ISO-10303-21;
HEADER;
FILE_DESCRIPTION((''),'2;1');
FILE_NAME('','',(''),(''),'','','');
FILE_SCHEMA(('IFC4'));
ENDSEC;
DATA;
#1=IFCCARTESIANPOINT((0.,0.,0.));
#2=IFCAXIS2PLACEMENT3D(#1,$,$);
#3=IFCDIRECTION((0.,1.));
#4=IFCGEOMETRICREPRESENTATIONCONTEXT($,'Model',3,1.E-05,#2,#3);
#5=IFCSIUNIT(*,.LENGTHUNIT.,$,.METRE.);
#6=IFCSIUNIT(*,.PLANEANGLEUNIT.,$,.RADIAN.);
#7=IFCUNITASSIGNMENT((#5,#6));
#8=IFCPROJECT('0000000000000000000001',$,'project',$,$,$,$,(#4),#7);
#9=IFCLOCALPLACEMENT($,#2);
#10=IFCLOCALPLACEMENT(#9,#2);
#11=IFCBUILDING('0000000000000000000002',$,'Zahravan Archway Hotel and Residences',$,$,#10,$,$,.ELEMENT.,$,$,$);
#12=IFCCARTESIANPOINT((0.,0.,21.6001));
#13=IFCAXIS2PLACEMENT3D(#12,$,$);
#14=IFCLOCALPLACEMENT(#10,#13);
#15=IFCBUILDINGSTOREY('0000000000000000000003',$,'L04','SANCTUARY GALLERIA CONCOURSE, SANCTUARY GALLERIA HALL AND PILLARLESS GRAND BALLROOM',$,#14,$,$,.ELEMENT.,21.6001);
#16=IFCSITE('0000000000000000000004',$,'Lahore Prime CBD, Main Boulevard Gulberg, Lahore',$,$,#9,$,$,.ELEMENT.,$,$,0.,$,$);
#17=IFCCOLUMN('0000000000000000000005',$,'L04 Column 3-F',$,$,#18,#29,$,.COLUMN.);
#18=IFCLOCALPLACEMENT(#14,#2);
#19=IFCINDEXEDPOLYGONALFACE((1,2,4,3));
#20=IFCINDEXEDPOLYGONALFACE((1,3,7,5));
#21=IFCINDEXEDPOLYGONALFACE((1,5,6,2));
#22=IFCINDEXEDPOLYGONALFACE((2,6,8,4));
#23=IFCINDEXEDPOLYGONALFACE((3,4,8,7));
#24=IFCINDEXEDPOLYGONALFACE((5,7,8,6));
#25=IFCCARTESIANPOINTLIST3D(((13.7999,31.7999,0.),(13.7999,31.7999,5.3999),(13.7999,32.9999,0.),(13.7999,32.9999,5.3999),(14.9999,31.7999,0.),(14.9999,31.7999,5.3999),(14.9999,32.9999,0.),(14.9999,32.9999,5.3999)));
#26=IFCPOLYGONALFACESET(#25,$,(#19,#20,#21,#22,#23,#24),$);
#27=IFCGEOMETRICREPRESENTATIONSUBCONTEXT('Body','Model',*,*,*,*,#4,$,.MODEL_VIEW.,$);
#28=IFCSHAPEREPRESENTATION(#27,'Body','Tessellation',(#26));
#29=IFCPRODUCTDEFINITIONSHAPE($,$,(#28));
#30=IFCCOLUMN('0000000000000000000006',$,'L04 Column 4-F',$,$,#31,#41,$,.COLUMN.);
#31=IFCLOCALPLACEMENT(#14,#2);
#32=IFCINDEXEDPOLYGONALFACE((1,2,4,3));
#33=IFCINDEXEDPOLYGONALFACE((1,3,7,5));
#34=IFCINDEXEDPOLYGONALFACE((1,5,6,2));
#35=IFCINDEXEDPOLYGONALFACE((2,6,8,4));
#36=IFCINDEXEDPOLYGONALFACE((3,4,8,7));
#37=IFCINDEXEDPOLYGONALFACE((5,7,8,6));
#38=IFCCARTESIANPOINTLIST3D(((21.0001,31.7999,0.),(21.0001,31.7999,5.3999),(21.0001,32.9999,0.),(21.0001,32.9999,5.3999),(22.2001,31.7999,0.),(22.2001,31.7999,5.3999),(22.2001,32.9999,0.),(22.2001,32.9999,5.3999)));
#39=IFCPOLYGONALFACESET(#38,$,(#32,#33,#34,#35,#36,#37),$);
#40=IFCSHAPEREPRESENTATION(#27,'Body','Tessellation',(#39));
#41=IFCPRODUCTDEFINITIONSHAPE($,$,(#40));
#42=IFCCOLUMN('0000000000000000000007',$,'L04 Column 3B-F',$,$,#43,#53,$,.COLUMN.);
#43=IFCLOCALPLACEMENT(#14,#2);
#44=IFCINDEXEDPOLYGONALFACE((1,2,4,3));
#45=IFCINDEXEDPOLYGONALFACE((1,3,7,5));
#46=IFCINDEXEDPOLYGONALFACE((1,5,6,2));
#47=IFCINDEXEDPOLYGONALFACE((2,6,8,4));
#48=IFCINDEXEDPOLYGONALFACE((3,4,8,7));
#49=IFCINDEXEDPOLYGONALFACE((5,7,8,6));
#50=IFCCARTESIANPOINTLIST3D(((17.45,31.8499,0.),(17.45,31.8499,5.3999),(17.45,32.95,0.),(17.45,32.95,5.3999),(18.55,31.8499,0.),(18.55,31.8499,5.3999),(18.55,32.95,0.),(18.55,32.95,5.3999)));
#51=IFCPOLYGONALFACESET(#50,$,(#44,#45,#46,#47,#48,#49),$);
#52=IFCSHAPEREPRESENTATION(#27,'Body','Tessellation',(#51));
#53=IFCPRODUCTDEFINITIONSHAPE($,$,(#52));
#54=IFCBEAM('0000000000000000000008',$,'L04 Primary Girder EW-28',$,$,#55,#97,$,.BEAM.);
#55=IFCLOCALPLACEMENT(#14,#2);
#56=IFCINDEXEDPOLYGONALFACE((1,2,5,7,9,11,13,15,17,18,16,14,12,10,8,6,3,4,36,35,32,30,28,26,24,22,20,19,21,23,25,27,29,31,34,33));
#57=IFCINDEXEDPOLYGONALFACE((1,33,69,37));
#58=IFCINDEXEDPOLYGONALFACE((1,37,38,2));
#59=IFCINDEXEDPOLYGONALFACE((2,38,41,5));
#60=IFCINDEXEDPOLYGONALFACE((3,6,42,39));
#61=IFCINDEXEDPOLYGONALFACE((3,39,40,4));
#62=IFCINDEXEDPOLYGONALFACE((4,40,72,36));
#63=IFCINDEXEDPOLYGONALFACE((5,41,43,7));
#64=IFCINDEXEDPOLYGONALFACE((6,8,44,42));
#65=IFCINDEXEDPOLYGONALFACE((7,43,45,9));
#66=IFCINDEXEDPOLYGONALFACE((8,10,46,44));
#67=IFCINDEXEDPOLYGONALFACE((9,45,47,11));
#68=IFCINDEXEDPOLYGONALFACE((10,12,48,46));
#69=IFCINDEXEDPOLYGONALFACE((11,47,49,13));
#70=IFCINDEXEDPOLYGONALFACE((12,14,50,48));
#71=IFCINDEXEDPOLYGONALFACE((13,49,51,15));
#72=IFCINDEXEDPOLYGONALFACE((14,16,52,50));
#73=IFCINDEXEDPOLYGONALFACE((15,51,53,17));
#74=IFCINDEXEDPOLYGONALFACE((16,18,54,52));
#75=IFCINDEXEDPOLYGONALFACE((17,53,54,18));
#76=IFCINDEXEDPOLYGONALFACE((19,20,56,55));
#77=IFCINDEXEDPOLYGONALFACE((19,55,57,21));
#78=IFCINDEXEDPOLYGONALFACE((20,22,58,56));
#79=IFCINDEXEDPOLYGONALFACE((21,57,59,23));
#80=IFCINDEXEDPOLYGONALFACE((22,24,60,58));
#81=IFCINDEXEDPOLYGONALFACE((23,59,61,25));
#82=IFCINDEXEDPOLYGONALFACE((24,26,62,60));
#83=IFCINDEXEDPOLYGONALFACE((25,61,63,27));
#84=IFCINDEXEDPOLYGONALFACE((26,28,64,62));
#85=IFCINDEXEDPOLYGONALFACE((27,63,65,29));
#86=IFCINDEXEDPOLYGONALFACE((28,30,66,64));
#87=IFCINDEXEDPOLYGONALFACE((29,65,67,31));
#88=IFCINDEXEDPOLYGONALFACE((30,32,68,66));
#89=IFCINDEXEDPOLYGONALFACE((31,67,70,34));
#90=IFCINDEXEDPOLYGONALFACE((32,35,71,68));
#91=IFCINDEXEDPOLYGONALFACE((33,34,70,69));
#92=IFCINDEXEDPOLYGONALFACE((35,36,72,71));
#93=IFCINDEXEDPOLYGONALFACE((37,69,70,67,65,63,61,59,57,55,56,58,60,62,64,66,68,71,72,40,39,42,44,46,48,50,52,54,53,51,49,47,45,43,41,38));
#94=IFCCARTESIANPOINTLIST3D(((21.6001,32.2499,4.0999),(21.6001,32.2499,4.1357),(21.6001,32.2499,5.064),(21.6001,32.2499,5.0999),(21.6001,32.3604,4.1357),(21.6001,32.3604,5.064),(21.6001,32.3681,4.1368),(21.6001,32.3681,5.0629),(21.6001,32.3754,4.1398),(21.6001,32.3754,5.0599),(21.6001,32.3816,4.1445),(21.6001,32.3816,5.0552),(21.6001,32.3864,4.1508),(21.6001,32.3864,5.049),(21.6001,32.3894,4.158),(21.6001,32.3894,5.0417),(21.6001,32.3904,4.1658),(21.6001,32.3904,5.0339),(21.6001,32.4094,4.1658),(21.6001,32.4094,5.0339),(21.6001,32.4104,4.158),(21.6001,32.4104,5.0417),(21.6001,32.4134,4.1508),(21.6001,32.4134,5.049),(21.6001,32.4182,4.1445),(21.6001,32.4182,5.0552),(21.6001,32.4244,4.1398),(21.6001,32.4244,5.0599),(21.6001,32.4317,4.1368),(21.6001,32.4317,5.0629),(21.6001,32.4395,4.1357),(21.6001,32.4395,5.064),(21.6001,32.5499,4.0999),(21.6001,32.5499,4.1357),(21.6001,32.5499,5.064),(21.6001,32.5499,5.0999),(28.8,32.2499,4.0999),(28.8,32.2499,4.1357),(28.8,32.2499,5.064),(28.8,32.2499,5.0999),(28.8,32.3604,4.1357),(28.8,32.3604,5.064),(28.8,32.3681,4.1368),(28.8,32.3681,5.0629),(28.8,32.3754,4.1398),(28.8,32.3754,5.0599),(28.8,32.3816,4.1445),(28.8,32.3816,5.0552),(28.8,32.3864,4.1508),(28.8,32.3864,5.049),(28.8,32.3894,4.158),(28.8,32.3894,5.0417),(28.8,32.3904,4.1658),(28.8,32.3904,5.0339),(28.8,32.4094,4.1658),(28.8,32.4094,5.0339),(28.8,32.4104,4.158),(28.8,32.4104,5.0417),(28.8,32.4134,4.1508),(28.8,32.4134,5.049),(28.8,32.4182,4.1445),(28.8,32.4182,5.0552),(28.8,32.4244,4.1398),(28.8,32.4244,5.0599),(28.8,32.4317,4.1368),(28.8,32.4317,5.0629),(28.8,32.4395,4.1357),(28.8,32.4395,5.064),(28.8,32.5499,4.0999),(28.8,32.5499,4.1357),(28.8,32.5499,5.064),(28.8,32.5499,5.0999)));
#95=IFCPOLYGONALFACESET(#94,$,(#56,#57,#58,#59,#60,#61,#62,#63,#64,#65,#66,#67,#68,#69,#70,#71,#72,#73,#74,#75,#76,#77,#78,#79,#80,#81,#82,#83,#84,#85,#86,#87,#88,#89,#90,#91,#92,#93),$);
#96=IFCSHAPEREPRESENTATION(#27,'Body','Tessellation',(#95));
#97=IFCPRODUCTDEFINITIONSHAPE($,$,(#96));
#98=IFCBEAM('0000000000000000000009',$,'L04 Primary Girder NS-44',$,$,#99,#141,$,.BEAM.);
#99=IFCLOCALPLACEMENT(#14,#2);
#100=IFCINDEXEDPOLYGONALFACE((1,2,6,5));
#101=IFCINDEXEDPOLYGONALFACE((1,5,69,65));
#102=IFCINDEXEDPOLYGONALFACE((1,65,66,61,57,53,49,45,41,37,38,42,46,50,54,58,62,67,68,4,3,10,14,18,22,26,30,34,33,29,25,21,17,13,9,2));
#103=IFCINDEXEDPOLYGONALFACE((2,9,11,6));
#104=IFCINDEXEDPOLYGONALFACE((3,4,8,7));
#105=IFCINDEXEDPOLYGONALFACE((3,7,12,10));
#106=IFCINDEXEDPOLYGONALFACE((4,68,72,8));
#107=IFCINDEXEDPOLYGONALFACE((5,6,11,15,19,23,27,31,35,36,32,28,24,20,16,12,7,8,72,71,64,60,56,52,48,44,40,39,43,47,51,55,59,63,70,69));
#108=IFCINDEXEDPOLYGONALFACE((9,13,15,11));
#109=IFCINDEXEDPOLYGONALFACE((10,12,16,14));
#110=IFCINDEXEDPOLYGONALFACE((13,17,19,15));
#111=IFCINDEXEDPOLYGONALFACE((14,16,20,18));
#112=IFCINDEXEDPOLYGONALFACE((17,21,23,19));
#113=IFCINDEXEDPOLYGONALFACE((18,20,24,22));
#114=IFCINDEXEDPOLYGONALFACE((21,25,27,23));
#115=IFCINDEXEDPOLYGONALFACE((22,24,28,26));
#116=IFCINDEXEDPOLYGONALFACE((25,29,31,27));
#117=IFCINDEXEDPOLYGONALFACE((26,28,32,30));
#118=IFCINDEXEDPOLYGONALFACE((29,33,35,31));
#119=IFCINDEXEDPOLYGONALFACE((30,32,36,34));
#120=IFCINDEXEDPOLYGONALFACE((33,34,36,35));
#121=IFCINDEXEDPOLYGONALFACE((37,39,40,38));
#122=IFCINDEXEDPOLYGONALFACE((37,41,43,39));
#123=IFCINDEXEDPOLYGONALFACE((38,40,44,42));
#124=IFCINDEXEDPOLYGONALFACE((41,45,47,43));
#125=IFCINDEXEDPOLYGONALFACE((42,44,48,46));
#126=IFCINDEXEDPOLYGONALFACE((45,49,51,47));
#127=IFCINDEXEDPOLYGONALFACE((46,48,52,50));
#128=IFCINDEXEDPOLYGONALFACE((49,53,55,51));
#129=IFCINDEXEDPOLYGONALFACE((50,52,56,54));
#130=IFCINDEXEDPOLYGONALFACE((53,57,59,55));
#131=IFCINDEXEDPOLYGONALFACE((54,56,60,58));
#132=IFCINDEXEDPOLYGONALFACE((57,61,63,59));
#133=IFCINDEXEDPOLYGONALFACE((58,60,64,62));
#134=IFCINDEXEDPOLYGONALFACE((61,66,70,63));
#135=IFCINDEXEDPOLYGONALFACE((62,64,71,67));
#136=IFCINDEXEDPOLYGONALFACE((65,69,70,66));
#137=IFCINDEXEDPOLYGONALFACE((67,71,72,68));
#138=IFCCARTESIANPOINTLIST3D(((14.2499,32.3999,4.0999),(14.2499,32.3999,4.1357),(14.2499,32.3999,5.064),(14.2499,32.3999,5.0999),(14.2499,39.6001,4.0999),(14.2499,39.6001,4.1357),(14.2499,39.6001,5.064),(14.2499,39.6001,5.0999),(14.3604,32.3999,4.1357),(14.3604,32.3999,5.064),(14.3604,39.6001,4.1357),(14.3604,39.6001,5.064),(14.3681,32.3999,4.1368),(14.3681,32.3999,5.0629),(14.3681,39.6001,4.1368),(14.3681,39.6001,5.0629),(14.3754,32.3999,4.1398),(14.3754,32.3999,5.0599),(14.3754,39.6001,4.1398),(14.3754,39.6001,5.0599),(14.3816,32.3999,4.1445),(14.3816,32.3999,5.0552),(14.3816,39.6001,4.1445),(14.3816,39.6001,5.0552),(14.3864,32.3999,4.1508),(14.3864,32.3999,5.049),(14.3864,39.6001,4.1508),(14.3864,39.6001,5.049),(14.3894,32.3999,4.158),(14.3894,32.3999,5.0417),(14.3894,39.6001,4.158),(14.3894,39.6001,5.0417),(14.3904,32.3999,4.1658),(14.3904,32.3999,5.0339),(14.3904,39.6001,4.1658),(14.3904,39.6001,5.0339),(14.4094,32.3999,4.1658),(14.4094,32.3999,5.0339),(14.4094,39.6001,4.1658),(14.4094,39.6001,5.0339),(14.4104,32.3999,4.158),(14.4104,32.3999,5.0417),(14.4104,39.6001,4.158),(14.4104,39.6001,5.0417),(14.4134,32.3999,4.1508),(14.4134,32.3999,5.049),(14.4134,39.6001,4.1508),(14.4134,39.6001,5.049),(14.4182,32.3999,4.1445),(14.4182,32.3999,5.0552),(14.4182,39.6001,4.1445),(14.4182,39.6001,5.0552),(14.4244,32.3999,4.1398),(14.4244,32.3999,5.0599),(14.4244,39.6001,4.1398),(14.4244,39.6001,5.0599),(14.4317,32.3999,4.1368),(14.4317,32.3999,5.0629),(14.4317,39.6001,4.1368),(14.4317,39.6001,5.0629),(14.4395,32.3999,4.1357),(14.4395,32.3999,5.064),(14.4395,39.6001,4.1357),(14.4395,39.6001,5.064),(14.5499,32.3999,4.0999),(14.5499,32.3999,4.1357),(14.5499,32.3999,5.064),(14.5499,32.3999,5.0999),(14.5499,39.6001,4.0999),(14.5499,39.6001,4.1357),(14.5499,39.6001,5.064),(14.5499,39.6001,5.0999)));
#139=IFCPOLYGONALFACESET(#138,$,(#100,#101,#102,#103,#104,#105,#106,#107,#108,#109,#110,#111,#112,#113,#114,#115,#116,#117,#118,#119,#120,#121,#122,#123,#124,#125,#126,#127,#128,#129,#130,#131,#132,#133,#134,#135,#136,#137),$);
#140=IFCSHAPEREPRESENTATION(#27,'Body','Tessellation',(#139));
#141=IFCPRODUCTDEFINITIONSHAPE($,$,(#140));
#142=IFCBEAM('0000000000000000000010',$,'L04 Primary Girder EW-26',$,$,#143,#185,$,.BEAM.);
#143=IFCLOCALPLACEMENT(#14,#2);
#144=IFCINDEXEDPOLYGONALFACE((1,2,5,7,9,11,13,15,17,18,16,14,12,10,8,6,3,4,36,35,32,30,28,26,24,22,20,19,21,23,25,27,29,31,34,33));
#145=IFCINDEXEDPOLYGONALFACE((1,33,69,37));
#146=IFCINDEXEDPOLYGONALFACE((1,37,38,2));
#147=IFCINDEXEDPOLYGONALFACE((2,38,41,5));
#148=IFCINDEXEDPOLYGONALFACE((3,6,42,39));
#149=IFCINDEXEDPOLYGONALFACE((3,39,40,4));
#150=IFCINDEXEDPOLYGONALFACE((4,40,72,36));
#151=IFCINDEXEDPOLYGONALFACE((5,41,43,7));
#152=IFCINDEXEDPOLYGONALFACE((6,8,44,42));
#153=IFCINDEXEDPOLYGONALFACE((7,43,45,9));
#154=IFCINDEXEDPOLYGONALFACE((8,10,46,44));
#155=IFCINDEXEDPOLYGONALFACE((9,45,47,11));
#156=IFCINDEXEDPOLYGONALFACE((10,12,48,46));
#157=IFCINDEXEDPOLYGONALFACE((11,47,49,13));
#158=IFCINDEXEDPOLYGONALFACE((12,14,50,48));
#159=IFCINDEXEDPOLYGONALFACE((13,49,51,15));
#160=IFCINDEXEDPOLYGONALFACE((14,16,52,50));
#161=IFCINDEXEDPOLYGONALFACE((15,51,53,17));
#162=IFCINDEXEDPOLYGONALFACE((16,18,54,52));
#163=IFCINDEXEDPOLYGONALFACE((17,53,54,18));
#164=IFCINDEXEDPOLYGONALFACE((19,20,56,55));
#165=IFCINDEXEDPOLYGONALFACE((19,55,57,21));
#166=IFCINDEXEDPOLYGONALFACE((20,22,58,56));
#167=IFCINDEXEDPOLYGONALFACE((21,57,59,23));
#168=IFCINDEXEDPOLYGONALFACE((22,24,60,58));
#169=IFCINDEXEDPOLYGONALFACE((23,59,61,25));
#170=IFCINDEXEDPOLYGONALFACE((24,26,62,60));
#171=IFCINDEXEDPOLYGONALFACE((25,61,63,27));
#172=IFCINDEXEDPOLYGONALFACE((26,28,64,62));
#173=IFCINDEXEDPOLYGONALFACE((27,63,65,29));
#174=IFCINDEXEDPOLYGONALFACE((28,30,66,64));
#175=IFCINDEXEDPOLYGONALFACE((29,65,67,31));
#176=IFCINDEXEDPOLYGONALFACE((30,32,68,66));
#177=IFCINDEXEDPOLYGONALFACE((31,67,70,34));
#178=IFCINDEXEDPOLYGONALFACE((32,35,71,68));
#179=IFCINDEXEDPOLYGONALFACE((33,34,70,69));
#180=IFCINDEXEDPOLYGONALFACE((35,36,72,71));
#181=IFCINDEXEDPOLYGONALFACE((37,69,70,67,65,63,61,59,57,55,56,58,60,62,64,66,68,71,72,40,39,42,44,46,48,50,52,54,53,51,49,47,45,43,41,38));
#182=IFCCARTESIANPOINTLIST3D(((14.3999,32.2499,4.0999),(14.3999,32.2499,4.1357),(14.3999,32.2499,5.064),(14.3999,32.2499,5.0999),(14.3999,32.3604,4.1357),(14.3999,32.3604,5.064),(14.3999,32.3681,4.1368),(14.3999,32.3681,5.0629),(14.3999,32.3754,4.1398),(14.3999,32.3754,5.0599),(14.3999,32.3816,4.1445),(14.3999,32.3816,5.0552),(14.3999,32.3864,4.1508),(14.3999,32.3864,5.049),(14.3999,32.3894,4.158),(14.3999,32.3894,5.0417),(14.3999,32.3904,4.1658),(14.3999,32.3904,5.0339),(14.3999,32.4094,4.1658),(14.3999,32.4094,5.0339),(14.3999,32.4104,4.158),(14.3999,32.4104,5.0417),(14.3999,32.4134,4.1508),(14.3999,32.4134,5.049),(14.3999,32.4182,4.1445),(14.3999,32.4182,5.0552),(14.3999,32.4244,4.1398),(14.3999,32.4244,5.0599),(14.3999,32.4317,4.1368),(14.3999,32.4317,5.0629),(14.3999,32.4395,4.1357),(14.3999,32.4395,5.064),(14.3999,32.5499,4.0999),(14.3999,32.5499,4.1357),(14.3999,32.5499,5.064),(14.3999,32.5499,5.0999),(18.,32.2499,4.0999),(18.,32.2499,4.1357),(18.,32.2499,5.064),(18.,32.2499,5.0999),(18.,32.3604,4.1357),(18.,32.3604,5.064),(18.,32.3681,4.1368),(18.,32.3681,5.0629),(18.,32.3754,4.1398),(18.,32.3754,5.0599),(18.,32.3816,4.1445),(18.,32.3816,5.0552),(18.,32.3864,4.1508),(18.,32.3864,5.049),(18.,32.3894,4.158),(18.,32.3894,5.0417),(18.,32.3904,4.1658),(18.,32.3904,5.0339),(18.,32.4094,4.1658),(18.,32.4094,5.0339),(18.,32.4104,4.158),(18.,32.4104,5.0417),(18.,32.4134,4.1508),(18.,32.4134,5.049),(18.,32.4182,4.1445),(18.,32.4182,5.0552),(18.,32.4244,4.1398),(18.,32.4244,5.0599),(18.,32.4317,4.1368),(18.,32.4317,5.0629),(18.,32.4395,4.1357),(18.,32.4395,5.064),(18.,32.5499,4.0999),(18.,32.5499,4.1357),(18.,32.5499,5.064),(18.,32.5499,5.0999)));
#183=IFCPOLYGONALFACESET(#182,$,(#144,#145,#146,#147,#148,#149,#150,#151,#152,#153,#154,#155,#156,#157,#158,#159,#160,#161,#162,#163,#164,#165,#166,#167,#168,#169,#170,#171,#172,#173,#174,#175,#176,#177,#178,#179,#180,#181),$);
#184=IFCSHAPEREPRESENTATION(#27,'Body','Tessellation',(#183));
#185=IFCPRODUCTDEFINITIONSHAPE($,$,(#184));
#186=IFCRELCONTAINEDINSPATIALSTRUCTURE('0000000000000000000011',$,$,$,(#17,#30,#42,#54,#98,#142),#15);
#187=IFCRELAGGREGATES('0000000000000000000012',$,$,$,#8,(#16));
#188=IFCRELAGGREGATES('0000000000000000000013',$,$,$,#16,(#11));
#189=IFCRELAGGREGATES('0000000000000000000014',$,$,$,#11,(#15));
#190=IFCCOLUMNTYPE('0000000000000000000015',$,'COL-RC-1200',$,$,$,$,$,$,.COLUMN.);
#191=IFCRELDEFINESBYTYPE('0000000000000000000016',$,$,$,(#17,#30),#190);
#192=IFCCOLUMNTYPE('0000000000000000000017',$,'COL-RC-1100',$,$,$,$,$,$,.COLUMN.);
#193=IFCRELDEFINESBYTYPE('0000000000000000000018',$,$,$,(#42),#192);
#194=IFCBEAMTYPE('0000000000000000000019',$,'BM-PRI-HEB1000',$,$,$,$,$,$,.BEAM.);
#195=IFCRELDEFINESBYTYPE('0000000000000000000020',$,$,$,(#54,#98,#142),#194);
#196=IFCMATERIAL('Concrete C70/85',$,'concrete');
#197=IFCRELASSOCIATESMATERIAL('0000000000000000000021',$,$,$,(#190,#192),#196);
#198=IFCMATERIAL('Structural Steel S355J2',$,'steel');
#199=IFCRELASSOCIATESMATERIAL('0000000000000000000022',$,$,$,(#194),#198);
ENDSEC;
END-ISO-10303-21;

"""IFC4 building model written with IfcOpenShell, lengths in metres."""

from ifc_helpers import new_model, si_unit, direction, frame, origin, origin_2d, place, context, subcontext, project, spatial, rectangle, i_section, extrude, source, transform, mapped, material, material_profile, profile_set, type_object, element, save


model = new_model("IFC4")

# Units and contexts
model_context = context("Model", 3, precision=1e-05, world=origin(), true_north=direction((0.0, 1.0)))
body_context = subcontext(model_context, "Body", "Model", "MODEL_VIEW")
ifc_project = project(units=[si_unit("LENGTHUNIT", "METRE"), si_unit("PLANEANGLEUNIT", "RADIAN")], contexts=[model_context])

# Site, building, storey
site_placement = place(None, origin())
site = spatial("IfcSite", under=ifc_project, at=site_placement, Name="Lahore Prime CBD, Main Boulevard Gulberg, Lahore", CompositionType="ELEMENT", RefElevation=0.0)
building_placement = place(site_placement, origin())
building = spatial("IfcBuilding", under=site, at=building_placement, Name="Zahravan Archway Hotel and Residences", CompositionType="ELEMENT")
storey_placement = place(building_placement, frame((0.0, 0.0, 21.6001)))
storey = spatial("IfcBuildingStorey", under=building, at=storey_placement, Name="L04", Description="SANCTUARY GALLERIA CONCOURSE, SANCTUARY GALLERIA HALL AND PILLARLESS GRAND BALLROOM", CompositionType="ELEMENT", Elevation=21.6001)

# Columns
ifc_material_1 = material(Name="Concrete C70/85", Category="concrete")
ifc_material_profile_1 = material_profile(ifc_material_1, rectangle(XDim=1.2, YDim=1.2, at=origin_2d()), Name="RC-COL-1200x1200", Category="concrete")
ifc_profile_set_1 = profile_set([ifc_material_profile_1], Name="Concrete C70/85")
column_type_1 = type_object("IfcColumnType", Name="COL-RC-1200", PredefinedType="COLUMN", material=ifc_profile_set_1)
shared_shape_1 = source(origin(), body_context, "Body", "SweptSolid", [
    extrude(rectangle(XDim=1.2, YDim=1.2, at=origin_2d()), origin(), (0.0, 0.0, 1.0), 5.3999),
])
for number, where, z_axis, x_axis, name in (
    (1, (14.3999, 32.3999, 0.0), (0.0, 0.0, 1.0), (1.0, 0.0, 0.0), "L04 Column 3-F"),
    (2, (21.6001, 32.3999, 0.0), (0.0, 0.0, 1.0), (1.0, 0.0, 0.0), "L04 Column 4-F"),
):
    element("IfcColumn", number, at=place(storey_placement, frame(where, z_axis=z_axis, x_axis=x_axis)), inside=storey, type_object=column_type_1, Name=name, PredefinedType="COLUMN", context=body_context, shape_type="MappedRepresentation", body=[
        mapped(shared_shape_1, transform((0.0, 0.0, 0.0), scale=1.0)),
    ])
ifc_material_profile_2 = material_profile(ifc_material_1, rectangle(XDim=1.1001, YDim=1.1001, at=origin_2d()), Name="RC 1100x1100", Category="concrete")
ifc_profile_set_2 = profile_set([ifc_material_profile_2], Name="Concrete C70/85")
column_type_2 = type_object("IfcColumnType", Name="COL-RC-1100", PredefinedType="COLUMN", material=ifc_profile_set_2)
shared_shape_2 = source(origin(), body_context, "Body", "SweptSolid", [
    extrude(rectangle(XDim=1.1001, YDim=1.1001, at=origin_2d()), origin(), (0.0, 0.0, 1.0), 5.3999),
])
column_placement = place(storey_placement, frame((18.0, 32.3999, 0.0), z_axis=(0.0, 0.0, 1.0), x_axis=(1.0, 0.0, 0.0)))
element("IfcColumn", 3, at=column_placement, inside=storey, type_object=column_type_2, Name="L04 Column 3B-F", PredefinedType="COLUMN", context=body_context, shape_type="MappedRepresentation", body=[
    mapped(shared_shape_2, transform((0.0, 0.0, 0.0), scale=1.0)),
])

# Beams
ifc_material_2 = material(Name="Structural Steel S355J2", Category="steel")
ifc_material_profile_3 = material_profile(ifc_material_2, i_section(OverallWidth=0.3, OverallDepth=1.0, WebThickness=0.019, FlangeThickness=0.0359, FilletRadius=0.03, at=origin_2d()), Name="HEB 1000", Category="steel")
ifc_profile_set_3 = profile_set([ifc_material_profile_3], Name="Structural Steel S355J2")
beam_type_1 = type_object("IfcBeamType", Name="BM-PRI-HEB1000", PredefinedType="BEAM", material=ifc_profile_set_3)
shared_shape_3 = source(origin(), body_context, "Body", "SweptSolid", [
    extrude(i_section(OverallWidth=0.3, OverallDepth=1.0, WebThickness=0.019, FlangeThickness=0.0359, FilletRadius=0.03, at=origin_2d()), origin(), (0.0, 0.0, 1.0), 7.2),
])
beam_1_placement = place(storey_placement, frame((21.6001, 32.3999, 4.5999), z_axis=(1.0, 0.0, 0.0), x_axis=(0.0, 1.0, 0.0)))
element("IfcBeam", 4, at=beam_1_placement, inside=storey, type_object=beam_type_1, Name="L04 Primary Girder EW-28", PredefinedType="BEAM", context=body_context, shape_type="MappedRepresentation", body=[
    mapped(shared_shape_3, transform((0.0, 0.0, 0.0), scale=1.0)),
])
shared_shape_4 = source(origin(), body_context, "Body", "SweptSolid", [
    extrude(i_section(OverallWidth=0.3, OverallDepth=1.0, WebThickness=0.019, FlangeThickness=0.0359, FilletRadius=0.03, at=origin_2d()), origin(), (0.0, 0.0, 1.0), 7.2002),
])
beam_2_placement = place(storey_placement, frame((14.3999, 32.3999, 4.5999), z_axis=(0.0, 1.0, 0.0), x_axis=(-1.0, 0.0, 0.0)))
element("IfcBeam", 5, at=beam_2_placement, inside=storey, type_object=beam_type_1, Name="L04 Primary Girder NS-44", PredefinedType="BEAM", context=body_context, shape_type="MappedRepresentation", body=[
    mapped(shared_shape_4, transform((0.0, 0.0, 0.0), scale=1.0)),
])
shared_shape_5 = source(origin(), body_context, "Body", "SweptSolid", [
    extrude(i_section(OverallWidth=0.3, OverallDepth=1.0, WebThickness=0.019, FlangeThickness=0.0359, FilletRadius=0.03, at=origin_2d()), origin(), (0.0, 0.0, 1.0), 3.6001),
])
for number, where, z_axis, x_axis, name in (
    (6, (14.3999, 32.3999, 4.5999), (1.0, 0.0, 0.0), (0.0, 1.0, 0.0), "L04 Primary Girder EW-26"),
):
    element("IfcBeam", number, at=place(storey_placement, frame(where, z_axis=z_axis, x_axis=x_axis)), inside=storey, type_object=beam_type_1, Name=name, PredefinedType="BEAM", context=body_context, shape_type="MappedRepresentation", body=[
        mapped(shared_shape_5, transform((0.0, 0.0, 0.0), scale=1.0)),
    ])

save(model, "model.ifc")
